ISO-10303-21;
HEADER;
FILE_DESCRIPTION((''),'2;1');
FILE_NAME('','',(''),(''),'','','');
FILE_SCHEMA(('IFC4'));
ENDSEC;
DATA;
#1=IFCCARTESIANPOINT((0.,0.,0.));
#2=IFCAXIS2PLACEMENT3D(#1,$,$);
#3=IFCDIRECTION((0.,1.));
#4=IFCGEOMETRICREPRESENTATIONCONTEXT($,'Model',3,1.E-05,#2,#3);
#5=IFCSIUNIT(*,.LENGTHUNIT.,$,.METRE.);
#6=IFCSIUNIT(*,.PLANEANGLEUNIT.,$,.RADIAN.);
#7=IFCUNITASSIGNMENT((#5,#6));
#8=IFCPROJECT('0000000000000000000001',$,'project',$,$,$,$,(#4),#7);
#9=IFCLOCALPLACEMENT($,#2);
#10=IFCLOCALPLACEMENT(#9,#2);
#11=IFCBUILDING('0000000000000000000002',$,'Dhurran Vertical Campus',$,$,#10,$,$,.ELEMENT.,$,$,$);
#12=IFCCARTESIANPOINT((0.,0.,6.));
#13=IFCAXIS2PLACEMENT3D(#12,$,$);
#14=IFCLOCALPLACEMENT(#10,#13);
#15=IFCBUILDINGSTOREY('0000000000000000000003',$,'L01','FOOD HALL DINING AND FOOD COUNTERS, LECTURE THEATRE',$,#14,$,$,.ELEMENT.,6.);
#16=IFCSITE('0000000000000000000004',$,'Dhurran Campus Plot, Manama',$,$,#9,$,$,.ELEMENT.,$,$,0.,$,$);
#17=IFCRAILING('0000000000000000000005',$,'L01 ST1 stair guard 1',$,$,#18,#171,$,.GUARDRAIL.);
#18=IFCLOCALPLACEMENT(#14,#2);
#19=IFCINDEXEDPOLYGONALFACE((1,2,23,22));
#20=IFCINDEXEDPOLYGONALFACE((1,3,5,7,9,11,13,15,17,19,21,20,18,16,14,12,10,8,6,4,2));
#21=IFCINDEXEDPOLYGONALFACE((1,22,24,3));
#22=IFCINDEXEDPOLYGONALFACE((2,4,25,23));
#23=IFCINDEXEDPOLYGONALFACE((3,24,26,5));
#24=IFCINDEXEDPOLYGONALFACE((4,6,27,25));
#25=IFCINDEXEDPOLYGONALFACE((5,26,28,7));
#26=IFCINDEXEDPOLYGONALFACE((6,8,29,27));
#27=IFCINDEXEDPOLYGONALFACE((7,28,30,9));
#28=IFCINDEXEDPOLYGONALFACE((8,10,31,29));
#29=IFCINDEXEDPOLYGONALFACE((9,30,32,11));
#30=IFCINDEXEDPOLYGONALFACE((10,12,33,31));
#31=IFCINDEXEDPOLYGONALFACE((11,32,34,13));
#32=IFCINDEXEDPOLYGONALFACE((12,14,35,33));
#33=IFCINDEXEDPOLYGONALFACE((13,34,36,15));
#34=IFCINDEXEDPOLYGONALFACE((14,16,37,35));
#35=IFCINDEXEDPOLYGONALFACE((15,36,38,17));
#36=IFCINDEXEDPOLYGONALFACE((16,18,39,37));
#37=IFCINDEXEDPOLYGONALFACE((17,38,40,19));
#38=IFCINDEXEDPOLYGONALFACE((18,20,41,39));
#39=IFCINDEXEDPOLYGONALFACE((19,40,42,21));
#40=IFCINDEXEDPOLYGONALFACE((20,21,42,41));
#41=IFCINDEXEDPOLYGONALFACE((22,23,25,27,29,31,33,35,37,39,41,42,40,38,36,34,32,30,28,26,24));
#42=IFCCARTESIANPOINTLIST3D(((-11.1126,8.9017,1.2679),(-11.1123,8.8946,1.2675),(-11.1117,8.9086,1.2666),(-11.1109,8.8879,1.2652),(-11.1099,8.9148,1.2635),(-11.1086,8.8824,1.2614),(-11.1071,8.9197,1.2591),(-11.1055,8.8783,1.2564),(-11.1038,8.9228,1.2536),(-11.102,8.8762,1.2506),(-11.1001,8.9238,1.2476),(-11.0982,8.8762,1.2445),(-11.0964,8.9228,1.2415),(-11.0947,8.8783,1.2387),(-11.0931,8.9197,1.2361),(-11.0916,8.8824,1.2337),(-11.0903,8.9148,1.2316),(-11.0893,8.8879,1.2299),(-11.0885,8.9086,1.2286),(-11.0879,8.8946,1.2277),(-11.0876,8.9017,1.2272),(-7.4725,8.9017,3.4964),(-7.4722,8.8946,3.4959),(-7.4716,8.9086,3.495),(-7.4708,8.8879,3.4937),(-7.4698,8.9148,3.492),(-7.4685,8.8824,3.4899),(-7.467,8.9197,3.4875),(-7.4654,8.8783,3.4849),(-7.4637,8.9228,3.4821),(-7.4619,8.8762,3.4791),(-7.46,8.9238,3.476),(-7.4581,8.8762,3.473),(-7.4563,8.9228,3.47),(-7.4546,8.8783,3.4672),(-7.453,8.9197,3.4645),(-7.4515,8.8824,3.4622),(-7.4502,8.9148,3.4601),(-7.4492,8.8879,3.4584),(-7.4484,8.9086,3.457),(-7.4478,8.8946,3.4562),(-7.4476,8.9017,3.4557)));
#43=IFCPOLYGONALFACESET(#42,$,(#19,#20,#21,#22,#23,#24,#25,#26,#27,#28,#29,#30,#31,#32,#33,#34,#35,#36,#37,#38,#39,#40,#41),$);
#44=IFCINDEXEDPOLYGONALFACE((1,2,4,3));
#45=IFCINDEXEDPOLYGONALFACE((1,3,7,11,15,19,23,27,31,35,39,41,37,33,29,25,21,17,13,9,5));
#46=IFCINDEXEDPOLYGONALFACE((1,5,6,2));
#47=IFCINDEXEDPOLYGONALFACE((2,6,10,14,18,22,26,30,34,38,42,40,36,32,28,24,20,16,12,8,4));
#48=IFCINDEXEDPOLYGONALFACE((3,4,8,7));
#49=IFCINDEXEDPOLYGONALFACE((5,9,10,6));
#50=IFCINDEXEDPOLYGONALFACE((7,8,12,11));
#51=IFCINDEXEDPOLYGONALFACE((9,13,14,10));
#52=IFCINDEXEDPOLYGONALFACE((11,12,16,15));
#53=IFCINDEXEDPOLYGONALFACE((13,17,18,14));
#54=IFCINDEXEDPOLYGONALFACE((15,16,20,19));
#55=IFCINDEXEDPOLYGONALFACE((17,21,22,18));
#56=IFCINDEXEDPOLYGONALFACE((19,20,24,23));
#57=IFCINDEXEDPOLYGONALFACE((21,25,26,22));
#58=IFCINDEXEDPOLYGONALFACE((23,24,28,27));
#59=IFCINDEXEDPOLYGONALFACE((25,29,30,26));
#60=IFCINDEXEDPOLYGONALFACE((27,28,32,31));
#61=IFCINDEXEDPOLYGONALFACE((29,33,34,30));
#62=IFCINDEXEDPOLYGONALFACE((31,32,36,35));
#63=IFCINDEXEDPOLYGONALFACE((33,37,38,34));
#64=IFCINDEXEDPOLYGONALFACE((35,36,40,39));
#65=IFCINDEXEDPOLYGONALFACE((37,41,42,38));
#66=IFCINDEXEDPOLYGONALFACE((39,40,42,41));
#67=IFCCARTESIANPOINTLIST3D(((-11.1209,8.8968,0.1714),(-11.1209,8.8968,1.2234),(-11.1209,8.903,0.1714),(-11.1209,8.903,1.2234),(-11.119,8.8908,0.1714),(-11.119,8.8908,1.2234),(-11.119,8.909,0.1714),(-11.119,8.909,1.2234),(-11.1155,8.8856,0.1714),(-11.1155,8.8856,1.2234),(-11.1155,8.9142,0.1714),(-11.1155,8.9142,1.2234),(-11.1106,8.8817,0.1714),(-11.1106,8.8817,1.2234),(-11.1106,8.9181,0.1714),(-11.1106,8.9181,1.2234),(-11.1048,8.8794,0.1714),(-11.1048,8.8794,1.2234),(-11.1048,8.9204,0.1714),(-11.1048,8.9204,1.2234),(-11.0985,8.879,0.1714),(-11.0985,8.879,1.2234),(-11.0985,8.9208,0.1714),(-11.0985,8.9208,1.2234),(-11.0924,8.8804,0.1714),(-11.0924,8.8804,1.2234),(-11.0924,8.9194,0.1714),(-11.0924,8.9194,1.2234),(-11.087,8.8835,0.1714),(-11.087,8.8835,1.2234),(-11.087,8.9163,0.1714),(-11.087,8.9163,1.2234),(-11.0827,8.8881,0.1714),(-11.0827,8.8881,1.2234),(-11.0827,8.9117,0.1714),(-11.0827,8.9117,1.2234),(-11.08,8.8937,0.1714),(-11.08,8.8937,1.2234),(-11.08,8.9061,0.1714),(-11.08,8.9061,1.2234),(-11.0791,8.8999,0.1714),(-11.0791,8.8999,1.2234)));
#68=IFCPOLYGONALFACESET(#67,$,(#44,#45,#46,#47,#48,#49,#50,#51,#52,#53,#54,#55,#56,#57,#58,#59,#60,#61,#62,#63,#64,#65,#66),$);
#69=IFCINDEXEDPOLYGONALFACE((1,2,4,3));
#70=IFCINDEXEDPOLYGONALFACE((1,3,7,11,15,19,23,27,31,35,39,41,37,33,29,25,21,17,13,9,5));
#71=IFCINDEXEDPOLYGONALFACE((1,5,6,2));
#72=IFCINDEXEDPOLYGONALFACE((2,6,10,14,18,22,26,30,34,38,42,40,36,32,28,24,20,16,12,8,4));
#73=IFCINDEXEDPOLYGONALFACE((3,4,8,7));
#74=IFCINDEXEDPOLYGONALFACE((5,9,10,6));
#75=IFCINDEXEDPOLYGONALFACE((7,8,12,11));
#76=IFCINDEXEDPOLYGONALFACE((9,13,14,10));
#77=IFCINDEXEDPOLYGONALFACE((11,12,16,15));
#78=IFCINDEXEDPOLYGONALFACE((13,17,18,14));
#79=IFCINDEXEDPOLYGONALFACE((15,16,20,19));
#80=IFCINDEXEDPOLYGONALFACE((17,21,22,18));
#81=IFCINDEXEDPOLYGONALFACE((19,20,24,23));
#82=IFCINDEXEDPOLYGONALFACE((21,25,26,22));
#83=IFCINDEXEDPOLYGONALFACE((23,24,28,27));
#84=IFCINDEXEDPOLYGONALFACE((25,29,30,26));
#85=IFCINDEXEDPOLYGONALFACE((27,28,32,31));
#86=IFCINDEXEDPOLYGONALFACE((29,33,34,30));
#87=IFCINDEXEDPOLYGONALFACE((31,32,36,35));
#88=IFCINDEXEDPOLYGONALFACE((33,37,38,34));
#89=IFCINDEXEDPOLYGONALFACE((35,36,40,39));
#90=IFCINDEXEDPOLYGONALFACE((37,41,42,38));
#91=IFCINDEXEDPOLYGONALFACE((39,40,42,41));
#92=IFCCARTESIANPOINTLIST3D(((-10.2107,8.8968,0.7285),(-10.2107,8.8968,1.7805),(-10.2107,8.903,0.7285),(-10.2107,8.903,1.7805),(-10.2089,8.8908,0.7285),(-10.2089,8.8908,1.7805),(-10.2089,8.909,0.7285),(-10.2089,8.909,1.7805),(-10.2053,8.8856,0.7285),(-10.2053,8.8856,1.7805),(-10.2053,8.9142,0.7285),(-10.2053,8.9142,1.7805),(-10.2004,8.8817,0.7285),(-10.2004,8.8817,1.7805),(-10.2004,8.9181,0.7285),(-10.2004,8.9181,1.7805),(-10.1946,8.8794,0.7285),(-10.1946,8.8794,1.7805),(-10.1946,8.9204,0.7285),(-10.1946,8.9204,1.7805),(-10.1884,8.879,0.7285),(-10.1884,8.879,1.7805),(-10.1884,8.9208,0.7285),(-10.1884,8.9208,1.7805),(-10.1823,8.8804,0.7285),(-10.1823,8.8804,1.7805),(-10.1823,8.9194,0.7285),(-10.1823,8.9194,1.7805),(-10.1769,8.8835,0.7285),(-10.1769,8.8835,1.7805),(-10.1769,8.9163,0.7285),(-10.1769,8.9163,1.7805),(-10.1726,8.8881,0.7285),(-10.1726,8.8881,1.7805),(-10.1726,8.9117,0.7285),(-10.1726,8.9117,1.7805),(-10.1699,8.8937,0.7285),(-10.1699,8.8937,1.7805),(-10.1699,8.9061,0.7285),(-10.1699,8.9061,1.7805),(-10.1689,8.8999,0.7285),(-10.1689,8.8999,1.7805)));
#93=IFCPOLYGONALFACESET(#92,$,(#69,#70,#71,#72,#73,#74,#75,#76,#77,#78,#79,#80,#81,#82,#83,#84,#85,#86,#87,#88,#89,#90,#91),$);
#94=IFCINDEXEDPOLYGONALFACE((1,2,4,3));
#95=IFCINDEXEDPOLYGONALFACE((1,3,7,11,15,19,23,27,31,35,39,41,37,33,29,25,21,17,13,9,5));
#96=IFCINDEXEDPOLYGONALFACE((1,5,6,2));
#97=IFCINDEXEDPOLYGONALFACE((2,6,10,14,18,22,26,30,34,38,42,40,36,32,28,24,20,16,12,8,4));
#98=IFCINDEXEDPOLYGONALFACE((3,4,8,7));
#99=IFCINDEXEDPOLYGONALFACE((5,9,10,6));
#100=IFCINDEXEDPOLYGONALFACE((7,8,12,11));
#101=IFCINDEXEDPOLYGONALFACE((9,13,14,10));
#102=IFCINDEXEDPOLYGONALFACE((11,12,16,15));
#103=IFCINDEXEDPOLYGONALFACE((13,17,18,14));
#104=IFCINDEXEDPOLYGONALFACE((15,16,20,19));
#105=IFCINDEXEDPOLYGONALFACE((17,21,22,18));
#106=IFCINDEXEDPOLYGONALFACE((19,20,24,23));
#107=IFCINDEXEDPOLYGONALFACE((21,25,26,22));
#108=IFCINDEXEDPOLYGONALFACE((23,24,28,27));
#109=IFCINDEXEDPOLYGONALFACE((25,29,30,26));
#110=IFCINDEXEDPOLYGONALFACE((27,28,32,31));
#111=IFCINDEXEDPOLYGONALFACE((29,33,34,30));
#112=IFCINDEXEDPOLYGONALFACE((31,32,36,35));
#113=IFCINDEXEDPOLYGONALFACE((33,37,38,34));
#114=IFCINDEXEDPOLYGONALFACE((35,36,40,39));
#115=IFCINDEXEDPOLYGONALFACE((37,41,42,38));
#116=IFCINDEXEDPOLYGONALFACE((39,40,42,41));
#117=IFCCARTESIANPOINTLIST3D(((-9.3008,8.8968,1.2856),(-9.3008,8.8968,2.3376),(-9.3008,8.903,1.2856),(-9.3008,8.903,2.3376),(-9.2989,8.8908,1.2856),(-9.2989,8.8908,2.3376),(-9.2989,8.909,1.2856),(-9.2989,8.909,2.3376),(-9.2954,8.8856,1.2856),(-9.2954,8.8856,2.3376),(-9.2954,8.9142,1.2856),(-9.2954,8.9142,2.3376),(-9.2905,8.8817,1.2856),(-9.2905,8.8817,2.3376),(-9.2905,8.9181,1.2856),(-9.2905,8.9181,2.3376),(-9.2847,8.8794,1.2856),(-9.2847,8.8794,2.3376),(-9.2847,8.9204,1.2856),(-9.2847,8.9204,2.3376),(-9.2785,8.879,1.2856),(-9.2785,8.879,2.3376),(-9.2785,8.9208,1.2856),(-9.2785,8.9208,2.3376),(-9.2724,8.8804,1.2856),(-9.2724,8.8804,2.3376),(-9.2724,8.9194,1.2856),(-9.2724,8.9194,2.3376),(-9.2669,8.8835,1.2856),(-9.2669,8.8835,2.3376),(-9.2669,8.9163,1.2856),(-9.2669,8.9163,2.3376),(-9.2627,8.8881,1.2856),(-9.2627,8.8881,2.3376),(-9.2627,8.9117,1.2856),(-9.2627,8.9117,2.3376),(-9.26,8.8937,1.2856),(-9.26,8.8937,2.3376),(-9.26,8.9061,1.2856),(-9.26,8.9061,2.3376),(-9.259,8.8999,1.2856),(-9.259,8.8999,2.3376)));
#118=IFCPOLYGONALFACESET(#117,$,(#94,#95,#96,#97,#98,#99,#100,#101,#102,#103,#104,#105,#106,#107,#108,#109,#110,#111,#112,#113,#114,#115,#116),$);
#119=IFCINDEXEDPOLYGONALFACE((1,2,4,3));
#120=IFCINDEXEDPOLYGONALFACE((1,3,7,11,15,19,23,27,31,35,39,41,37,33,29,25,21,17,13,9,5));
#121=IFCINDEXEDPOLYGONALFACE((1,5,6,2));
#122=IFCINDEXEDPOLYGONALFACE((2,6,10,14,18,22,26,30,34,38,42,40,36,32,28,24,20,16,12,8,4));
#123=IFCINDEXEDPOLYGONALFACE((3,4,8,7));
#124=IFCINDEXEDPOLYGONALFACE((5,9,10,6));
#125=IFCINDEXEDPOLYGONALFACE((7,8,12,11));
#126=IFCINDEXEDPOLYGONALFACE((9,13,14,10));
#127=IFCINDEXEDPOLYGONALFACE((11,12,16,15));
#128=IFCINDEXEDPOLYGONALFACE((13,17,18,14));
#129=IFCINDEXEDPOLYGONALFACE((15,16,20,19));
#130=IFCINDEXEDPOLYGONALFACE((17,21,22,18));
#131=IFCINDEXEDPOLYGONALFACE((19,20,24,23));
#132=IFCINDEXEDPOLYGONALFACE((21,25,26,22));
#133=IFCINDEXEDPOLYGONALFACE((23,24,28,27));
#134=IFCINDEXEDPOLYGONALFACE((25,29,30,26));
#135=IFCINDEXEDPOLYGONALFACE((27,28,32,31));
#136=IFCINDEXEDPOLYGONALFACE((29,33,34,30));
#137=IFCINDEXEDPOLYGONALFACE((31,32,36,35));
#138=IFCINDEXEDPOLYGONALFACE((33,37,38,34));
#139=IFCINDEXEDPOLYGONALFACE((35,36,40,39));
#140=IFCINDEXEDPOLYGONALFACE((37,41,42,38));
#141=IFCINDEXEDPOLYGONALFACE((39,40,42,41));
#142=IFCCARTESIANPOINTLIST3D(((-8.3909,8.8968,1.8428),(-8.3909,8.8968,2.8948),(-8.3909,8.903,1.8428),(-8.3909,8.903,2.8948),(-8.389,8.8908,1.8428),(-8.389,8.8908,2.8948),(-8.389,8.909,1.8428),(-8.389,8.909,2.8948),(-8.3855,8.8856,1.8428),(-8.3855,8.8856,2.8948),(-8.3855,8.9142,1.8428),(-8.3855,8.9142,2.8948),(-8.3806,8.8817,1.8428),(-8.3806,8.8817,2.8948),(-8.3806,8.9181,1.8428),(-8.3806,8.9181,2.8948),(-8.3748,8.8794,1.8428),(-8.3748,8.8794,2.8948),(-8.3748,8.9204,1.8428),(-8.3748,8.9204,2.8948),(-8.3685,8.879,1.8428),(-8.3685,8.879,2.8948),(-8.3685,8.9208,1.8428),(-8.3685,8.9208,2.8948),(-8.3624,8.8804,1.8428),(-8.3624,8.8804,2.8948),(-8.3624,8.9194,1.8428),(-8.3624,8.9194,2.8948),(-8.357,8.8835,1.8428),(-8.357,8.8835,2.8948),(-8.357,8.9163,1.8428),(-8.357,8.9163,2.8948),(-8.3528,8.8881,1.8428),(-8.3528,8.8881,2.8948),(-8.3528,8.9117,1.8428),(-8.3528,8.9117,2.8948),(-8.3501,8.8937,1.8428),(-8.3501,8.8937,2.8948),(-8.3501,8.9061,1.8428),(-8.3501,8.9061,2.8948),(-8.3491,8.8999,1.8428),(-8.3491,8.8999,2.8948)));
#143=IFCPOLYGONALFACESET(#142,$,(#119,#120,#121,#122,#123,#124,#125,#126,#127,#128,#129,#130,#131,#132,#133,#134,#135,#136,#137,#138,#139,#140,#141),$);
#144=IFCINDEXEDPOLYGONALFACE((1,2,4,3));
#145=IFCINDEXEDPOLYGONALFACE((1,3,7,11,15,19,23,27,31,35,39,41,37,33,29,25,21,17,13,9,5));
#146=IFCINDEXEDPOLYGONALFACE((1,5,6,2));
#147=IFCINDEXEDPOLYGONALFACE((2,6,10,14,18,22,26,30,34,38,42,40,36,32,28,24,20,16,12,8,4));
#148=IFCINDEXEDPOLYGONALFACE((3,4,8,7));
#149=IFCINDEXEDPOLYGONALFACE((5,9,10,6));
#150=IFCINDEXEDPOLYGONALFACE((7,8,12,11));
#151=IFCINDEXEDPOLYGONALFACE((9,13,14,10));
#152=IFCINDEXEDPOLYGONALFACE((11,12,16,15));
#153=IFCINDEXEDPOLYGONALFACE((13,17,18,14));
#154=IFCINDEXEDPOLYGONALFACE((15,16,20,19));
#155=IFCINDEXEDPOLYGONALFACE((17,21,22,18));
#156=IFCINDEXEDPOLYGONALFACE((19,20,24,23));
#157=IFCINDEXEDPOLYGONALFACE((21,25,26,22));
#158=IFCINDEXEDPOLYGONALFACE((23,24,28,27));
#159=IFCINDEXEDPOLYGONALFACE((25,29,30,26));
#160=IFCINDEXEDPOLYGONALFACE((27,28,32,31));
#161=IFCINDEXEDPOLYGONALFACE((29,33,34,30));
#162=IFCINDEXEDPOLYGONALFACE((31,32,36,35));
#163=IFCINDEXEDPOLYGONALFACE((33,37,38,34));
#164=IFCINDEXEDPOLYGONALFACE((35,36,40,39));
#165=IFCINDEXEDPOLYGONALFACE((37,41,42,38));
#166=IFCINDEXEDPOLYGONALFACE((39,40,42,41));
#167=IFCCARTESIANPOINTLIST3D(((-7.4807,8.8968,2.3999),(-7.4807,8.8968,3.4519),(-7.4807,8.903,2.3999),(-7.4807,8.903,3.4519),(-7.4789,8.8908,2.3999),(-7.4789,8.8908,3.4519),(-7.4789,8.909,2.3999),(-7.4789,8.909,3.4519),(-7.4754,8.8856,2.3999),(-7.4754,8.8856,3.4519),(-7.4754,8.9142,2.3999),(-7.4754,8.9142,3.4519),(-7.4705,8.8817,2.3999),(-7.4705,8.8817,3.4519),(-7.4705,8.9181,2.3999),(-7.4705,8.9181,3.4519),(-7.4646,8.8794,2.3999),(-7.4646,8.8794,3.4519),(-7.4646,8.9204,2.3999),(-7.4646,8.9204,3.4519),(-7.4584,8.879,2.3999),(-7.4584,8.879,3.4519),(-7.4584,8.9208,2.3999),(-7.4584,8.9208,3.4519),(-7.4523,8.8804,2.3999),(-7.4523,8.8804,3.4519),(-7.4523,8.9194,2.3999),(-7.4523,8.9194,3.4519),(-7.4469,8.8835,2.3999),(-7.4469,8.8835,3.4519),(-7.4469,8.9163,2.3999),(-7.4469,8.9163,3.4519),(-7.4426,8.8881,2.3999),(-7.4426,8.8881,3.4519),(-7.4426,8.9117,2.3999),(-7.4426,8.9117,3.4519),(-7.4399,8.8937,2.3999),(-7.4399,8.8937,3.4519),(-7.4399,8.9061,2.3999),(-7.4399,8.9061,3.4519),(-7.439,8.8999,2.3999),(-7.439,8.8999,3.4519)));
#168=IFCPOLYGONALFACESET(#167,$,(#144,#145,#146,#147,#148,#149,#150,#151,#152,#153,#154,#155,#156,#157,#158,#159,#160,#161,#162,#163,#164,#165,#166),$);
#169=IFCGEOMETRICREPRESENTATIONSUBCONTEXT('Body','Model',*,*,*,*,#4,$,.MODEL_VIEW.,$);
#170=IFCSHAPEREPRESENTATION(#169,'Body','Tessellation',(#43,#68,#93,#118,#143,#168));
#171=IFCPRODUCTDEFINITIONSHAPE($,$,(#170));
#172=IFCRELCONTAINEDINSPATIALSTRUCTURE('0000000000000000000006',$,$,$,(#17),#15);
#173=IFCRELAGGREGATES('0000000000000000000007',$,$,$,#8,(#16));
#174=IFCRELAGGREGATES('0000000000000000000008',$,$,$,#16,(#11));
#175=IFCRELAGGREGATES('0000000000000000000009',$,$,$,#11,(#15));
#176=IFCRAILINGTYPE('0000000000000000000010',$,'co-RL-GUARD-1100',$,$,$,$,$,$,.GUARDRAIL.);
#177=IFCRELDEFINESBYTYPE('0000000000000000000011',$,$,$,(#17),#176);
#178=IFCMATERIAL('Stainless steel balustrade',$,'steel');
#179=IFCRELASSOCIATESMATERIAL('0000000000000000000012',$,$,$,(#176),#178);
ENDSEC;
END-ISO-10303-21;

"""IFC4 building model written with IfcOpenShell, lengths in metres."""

from ifc_helpers import new_model, si_unit, direction, frame, origin, origin_2d, place, context, subcontext, project, spatial, circle, extrude, material, type_object, element, save


model = new_model("IFC4")

# Units and contexts
model_context = context("Model", 3, precision=1e-05, world=origin(), true_north=direction((0.0, 1.0)))
body_context = subcontext(model_context, "Body", "Model", "MODEL_VIEW")
ifc_project = project(units=[si_unit("LENGTHUNIT", "METRE"), si_unit("PLANEANGLEUNIT", "RADIAN")], contexts=[model_context])

# Site, building, storey
site_placement = place(None, origin())
site = spatial("IfcSite", under=ifc_project, at=site_placement, Name="Dhurran Campus Plot, Manama", CompositionType="ELEMENT", RefElevation=0.0)
building_placement = place(site_placement, origin())
building = spatial("IfcBuilding", under=site, at=building_placement, Name="Dhurran Vertical Campus", CompositionType="ELEMENT")
storey_placement = place(building_placement, frame((0.0, 0.0, 6.0)))
storey = spatial("IfcBuildingStorey", under=building, at=storey_placement, Name="L01", Description="FOOD HALL DINING AND FOOD COUNTERS, LECTURE THEATRE", CompositionType="ELEMENT", Elevation=6.0)

# Railing
ifc_material_1 = material(Name="Stainless steel balustrade", Category="steel")
railing_type_1 = type_object("IfcRailingType", Name="co-RL-GUARD-1100", PredefinedType="GUARDRAIL", material=ifc_material_1)
railing_1_placement = place(storey_placement, frame((-11.1001, 8.8999, 0.1714)))
element("IfcRailing", 1, at=railing_1_placement, inside=storey, type_object=railing_type_1, Name="L01 ST1 stair guard 1", PredefinedType="GUARDRAIL", context=body_context, shape_type="SweptSolid", body=[
    extrude(circle(Radius=0.0239, at=origin_2d()), frame((0.0, 0.0, 1.0762), z_axis=(0.852866, 0.0, 0.52213), x_axis=(0.0, 1.0, 0.0)), (0.0, 0.0, 1.0), 4.2681),
    extrude(circle(Radius=0.021, at=origin_2d()), origin(), (0.0, 0.0, 1.0), 1.052),
    extrude(circle(Radius=0.021, at=origin_2d()), frame((0.9102, 0.0, 0.5571)), (0.0, 0.0, 1.0), 1.052),
    extrude(circle(Radius=0.021, at=origin_2d()), frame((1.8201, 0.0, 1.1143)), (0.0, 0.0, 1.0), 1.052),
    extrude(circle(Radius=0.021, at=origin_2d()), frame((2.73, 0.0, 1.6714)), (0.0, 0.0, 1.0), 1.052),
    extrude(circle(Radius=0.021, at=origin_2d()), frame((3.6401, 0.0, 2.2285)), (0.0, 0.0, 1.0), 1.052),
])

save(model, "model.ifc")
